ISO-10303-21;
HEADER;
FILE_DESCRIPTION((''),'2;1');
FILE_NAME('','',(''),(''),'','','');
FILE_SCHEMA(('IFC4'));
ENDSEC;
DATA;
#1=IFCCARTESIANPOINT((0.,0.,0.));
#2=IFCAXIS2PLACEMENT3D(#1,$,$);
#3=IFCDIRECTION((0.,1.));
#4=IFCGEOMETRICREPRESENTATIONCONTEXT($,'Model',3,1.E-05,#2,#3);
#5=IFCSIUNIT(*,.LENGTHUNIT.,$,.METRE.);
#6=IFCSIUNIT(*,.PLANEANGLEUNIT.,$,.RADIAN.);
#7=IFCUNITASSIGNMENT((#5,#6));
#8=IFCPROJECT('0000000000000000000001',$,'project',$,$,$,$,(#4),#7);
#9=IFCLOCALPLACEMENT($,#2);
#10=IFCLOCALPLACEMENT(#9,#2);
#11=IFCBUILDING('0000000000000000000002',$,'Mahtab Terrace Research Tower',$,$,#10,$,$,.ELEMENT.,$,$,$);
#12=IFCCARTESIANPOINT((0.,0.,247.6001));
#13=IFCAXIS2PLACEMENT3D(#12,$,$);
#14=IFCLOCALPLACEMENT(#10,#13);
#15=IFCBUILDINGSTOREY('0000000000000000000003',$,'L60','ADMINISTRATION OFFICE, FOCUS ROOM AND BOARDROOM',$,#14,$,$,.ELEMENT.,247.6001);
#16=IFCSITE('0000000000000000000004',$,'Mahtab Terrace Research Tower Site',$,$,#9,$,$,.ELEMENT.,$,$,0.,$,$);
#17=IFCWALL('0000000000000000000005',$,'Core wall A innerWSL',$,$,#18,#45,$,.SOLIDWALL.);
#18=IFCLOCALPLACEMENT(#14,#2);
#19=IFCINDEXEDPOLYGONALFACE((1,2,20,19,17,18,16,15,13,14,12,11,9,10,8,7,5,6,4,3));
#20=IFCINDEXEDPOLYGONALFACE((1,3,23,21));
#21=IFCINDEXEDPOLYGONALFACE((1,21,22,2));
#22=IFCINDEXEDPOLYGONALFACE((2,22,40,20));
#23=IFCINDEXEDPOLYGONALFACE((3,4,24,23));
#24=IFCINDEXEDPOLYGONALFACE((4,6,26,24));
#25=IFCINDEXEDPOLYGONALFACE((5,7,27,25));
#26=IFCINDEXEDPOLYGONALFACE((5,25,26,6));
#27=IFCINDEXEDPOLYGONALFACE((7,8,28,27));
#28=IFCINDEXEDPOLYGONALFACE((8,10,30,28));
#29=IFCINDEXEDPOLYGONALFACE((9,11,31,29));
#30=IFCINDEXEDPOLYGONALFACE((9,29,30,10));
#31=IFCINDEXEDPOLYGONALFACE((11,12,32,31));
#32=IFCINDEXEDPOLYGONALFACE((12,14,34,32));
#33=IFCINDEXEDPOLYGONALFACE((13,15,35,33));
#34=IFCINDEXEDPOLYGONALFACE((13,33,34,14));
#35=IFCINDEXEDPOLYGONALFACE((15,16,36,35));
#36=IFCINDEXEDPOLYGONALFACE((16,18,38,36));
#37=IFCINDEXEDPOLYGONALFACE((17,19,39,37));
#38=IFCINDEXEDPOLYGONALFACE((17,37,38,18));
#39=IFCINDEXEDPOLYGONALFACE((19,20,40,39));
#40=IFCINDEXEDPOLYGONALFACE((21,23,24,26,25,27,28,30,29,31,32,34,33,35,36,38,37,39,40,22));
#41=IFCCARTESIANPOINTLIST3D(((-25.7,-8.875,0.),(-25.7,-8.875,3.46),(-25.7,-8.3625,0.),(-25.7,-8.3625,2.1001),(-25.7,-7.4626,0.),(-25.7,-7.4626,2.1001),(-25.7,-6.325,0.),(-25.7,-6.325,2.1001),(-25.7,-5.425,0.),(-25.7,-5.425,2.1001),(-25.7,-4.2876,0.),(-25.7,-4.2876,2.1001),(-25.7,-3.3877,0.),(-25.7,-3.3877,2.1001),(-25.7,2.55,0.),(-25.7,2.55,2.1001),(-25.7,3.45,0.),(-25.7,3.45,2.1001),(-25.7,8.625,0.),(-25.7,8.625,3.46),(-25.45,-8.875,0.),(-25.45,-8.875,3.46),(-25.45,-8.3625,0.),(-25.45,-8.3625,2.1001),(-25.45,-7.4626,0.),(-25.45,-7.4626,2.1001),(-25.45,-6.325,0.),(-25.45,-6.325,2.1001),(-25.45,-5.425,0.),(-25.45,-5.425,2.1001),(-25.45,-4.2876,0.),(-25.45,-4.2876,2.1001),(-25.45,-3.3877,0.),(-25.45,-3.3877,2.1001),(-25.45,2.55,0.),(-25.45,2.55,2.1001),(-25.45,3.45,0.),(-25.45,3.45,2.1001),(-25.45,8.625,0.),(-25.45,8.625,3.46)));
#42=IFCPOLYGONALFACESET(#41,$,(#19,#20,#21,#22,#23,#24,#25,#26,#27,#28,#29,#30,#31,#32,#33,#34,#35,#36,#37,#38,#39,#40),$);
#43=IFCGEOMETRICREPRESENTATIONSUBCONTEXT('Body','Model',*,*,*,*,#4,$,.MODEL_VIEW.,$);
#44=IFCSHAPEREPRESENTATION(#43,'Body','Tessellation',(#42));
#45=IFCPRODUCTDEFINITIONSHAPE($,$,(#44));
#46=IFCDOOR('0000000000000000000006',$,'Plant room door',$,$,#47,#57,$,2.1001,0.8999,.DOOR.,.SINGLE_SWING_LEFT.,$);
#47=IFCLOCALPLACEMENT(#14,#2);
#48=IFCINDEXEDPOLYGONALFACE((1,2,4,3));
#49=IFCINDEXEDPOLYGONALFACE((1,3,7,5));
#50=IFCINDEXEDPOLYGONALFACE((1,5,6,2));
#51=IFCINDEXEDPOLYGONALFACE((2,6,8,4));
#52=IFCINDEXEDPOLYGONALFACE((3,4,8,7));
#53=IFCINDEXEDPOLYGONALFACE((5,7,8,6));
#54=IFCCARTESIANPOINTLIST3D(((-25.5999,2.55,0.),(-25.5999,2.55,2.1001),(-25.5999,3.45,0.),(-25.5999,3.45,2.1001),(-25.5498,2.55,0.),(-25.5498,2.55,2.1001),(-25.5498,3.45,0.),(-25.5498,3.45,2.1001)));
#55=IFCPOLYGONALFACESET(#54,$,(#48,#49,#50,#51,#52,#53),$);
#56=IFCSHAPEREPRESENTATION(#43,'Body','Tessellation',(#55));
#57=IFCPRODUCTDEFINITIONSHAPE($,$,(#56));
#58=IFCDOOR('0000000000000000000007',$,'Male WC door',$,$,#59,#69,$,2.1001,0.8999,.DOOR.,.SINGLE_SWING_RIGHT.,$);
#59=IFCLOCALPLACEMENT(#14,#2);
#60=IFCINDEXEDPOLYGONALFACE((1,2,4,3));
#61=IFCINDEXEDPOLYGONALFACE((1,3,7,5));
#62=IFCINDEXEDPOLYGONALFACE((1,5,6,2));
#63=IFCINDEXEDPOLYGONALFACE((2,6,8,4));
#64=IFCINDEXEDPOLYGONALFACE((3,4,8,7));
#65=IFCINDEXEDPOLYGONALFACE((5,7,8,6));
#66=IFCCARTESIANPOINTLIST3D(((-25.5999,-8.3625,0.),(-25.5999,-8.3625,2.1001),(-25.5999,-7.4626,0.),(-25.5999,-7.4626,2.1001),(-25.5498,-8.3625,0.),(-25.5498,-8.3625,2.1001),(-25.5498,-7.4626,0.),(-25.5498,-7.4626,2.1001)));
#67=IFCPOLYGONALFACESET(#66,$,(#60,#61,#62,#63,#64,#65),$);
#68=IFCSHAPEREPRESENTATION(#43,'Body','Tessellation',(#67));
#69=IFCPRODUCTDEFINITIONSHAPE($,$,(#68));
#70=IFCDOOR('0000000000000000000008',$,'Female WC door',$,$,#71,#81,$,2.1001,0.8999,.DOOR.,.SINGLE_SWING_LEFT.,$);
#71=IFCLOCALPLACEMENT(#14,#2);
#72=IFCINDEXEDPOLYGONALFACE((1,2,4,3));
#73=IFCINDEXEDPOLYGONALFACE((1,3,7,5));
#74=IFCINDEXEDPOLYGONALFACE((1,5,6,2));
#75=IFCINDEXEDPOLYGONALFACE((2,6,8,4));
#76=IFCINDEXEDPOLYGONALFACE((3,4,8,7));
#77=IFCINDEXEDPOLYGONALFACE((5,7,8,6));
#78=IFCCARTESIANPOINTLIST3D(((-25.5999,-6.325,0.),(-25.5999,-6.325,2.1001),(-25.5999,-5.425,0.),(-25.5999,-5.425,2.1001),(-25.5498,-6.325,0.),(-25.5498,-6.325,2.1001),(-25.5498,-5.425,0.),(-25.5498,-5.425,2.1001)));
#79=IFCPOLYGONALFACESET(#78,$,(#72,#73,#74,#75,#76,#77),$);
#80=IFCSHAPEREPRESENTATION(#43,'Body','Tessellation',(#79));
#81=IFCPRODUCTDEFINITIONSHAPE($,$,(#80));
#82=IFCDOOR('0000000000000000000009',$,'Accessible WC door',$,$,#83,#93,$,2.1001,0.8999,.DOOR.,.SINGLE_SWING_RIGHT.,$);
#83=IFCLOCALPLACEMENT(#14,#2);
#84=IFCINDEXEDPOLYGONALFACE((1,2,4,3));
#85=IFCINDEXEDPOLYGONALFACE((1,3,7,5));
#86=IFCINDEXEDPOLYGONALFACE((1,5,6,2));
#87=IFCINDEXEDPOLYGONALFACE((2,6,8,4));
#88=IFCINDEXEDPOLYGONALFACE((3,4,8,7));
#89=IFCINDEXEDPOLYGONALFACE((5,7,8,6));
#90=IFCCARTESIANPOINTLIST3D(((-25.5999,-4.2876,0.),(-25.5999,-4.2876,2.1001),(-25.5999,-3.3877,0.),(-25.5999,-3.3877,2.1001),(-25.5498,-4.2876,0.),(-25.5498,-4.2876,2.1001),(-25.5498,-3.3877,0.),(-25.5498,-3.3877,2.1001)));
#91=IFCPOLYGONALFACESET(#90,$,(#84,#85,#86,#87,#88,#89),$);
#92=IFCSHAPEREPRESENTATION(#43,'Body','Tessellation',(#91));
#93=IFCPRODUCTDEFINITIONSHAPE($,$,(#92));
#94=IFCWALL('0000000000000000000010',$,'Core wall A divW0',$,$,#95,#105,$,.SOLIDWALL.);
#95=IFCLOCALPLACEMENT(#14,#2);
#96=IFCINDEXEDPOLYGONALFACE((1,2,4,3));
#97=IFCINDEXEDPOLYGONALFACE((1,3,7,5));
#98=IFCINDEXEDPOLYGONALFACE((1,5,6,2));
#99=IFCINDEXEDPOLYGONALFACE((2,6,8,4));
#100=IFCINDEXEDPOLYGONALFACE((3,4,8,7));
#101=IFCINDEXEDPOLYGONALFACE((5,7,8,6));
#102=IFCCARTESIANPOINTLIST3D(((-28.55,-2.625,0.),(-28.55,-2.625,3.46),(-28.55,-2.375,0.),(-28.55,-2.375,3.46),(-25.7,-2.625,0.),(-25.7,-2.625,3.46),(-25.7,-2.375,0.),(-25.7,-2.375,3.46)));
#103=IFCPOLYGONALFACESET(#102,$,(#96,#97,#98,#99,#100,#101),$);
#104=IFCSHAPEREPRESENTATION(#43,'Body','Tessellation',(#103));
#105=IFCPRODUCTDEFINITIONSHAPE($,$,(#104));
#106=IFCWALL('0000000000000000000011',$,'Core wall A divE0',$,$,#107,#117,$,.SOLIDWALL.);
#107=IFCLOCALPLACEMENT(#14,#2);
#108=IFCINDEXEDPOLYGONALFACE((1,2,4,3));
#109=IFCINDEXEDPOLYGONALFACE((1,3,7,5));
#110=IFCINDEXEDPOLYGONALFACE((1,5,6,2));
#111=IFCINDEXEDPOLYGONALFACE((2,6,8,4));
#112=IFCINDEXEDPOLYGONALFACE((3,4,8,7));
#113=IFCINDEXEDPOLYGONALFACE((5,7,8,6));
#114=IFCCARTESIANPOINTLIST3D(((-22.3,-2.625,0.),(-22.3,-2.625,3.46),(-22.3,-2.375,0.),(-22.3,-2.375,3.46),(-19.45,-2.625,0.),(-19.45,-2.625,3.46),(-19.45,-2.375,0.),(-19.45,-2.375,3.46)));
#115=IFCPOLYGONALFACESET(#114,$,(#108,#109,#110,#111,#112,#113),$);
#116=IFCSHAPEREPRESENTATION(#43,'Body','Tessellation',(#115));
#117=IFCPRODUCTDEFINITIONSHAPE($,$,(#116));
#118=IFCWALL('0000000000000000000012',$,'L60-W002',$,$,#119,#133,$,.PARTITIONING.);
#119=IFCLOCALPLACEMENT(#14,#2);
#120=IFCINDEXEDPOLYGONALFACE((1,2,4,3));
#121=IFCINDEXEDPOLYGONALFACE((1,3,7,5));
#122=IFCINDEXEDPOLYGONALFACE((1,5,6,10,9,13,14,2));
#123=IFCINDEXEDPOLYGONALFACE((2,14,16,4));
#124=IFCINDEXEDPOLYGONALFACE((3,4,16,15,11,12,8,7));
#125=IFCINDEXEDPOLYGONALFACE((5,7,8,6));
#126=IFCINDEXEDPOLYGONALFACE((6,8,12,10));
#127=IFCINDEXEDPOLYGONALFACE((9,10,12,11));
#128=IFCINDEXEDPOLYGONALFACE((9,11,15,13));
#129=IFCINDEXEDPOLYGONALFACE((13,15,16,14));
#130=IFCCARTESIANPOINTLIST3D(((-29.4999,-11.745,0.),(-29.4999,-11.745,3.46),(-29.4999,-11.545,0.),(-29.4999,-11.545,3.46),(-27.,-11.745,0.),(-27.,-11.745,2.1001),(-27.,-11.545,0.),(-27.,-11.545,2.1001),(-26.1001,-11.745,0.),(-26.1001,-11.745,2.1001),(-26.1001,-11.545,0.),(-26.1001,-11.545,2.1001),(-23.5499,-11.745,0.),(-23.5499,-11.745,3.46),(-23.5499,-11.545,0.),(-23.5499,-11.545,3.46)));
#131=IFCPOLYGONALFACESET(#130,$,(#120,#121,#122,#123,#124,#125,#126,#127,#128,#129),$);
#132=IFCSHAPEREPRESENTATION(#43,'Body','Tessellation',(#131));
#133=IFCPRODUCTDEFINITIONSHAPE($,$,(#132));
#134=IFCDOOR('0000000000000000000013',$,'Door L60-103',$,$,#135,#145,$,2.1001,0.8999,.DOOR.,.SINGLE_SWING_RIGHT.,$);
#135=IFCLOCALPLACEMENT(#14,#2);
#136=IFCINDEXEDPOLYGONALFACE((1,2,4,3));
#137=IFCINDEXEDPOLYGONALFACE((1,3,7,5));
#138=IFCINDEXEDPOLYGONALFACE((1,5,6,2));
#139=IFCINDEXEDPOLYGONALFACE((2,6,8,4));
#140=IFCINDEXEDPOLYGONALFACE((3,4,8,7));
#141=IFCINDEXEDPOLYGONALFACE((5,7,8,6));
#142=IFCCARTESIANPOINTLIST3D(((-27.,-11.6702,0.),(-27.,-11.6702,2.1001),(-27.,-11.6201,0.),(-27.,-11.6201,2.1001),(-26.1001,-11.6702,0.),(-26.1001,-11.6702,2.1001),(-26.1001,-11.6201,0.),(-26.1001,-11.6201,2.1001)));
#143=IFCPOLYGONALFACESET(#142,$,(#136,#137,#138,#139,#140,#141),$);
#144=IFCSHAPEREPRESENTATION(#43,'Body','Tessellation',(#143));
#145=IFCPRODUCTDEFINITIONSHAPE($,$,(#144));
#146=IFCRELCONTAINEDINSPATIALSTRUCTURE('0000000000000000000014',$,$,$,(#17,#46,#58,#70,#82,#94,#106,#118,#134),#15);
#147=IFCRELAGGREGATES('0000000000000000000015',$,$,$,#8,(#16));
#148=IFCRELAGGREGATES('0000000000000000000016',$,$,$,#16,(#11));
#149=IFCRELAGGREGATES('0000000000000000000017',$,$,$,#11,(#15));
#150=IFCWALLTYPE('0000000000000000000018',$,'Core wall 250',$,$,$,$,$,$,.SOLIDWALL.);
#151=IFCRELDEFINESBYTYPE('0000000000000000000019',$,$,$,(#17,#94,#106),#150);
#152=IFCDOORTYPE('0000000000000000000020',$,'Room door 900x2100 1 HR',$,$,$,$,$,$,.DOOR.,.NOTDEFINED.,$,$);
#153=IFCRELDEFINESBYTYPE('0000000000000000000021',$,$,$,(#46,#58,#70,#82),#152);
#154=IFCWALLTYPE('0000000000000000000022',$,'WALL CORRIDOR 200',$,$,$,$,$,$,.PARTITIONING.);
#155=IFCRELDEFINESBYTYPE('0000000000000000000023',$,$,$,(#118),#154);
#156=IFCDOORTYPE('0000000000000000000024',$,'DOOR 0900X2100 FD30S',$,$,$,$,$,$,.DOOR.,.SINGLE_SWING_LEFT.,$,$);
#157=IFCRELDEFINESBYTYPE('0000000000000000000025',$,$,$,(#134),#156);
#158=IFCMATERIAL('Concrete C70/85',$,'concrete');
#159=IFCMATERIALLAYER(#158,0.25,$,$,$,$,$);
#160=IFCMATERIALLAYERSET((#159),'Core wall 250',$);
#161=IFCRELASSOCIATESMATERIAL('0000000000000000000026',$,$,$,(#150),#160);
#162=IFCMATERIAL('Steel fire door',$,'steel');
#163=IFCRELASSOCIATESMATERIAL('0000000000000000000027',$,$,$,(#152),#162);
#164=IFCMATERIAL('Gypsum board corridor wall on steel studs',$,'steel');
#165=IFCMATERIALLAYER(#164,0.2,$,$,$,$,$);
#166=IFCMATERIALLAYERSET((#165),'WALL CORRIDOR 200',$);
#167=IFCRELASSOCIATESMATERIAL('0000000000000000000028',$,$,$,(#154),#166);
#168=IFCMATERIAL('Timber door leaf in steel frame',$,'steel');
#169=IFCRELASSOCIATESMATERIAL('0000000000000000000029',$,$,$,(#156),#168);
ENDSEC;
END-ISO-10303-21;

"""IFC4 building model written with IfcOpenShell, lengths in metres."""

from ifc_helpers import new_model, si_unit, direction, frame, frame_2d, origin, place, context, subcontext, project, spatial, rectangle, extrude, material, layer, layer_set, type_object, element, fill, save


model = new_model("IFC4")

# Units and contexts
model_context = context("Model", 3, precision=1e-05, world=origin(), true_north=direction((0.0, 1.0)))
body_context = subcontext(model_context, "Body", "Model", "MODEL_VIEW")
ifc_project = project(units=[si_unit("LENGTHUNIT", "METRE"), si_unit("PLANEANGLEUNIT", "RADIAN")], contexts=[model_context])

# Site, building, storey
site_placement = place(None, origin())
site = spatial("IfcSite", under=ifc_project, at=site_placement, Name="Mahtab Terrace Research Tower Site", CompositionType="ELEMENT", RefElevation=0.0)
building_placement = place(site_placement, origin())
building = spatial("IfcBuilding", under=site, at=building_placement, Name="Mahtab Terrace Research Tower", CompositionType="ELEMENT")
storey_placement = place(building_placement, frame((0.0, 0.0, 247.6001)))
storey = spatial("IfcBuildingStorey", under=building, at=storey_placement, Name="L60", Description="ADMINISTRATION OFFICE, FOCUS ROOM AND BOARDROOM", CompositionType="ELEMENT", Elevation=247.6001)

# Shared definitions
ifc_material_1 = material(Name="Concrete C70/85", Category="concrete")
ifc_layer_1 = layer(ifc_material_1, 0.25)
ifc_layer_set_1 = layer_set([ifc_layer_1], Name="Core wall 250")
wall_type_1 = type_object("IfcWallType", Name="Core wall 250", PredefinedType="SOLIDWALL", material=ifc_layer_set_1)

# Shared definitions
ifc_material_2 = material(Name="Steel fire door", Category="steel")

# Wall, openings, doors
wall_1_placement = place(storey_placement, frame((-25.575, -8.875, 0.0), z_axis=(0.0, 0.0, 1.0), x_axis=(0.0, 1.0, 0.0)))
wall_1 = element("IfcWall", 1, at=wall_1_placement, inside=storey, type_object=wall_type_1, Name="Core wall A innerWSL", PredefinedType="SOLIDWALL", context=body_context, shape_type="SweptSolid", body=[
    extrude(rectangle(XDim=17.5, YDim=0.25, at=frame_2d((8.75, 0.0))), origin(), (0.0, 0.0, 1.0), 3.46),
])
opening_1_placement = place(wall_1_placement, frame((11.425, 0.0, 0.0)))
opening_1 = element("IfcOpeningElement", 2, at=opening_1_placement, cuts=wall_1, PredefinedType="OPENING", context=body_context, shape_type="SweptSolid", body=[
    extrude(rectangle(XDim=0.8999, YDim=2.1001, at=frame_2d((0.45, 1.05))), frame((0.0, 0.135, 0.0), z_axis=(0.0, -1.0, 0.0), x_axis=(1.0, 0.0, 0.0)), (0.0, 0.0, 1.0), 0.27),
])
opening_2_placement = place(wall_1_placement, frame((0.5125, 0.0, 0.0)))
opening_2 = element("IfcOpeningElement", 3, at=opening_2_placement, cuts=wall_1, PredefinedType="OPENING", context=body_context, shape_type="SweptSolid", body=[
    extrude(rectangle(XDim=0.8999, YDim=2.1001, at=frame_2d((0.45, 1.05))), frame((0.0, 0.135, 0.0), z_axis=(0.0, -1.0, 0.0), x_axis=(1.0, 0.0, 0.0)), (0.0, 0.0, 1.0), 0.27),
])
opening_3_placement = place(wall_1_placement, frame((2.55, 0.0, 0.0)))
opening_3 = element("IfcOpeningElement", 4, at=opening_3_placement, cuts=wall_1, PredefinedType="OPENING", context=body_context, shape_type="SweptSolid", body=[
    extrude(rectangle(XDim=0.8999, YDim=2.1001, at=frame_2d((0.45, 1.05))), frame((0.0, 0.135, 0.0), z_axis=(0.0, -1.0, 0.0), x_axis=(1.0, 0.0, 0.0)), (0.0, 0.0, 1.0), 0.27),
])
opening_4_placement = place(wall_1_placement, frame((4.5874, 0.0, 0.0)))
opening_4 = element("IfcOpeningElement", 5, at=opening_4_placement, cuts=wall_1, PredefinedType="OPENING", context=body_context, shape_type="SweptSolid", body=[
    extrude(rectangle(XDim=0.8999, YDim=2.1001, at=frame_2d((0.45, 1.05))), frame((0.0, 0.135, 0.0), z_axis=(0.0, -1.0, 0.0), x_axis=(1.0, 0.0, 0.0)), (0.0, 0.0, 1.0), 0.27),
])
door_type_1 = type_object("IfcDoorType", Name="Room door 900x2100 1 HR", OperationType="NOTDEFINED", PredefinedType="DOOR", material=ifc_material_2)
door_1_placement = place(opening_1_placement, origin())
door_1 = element("IfcDoor", 6, at=door_1_placement, inside=storey, type_object=door_type_1, Name="Plant room door", OperationType="SINGLE_SWING_LEFT", OverallHeight=2.1001, OverallWidth=0.8999, PredefinedType="DOOR", context=body_context, shape_type="SweptSolid", body=[
    extrude(rectangle(XDim=0.8999, YDim=2.1001, at=frame_2d((0.45, 1.05))), frame((0.0, 0.0249, 0.0), z_axis=(0.0, -1.0, 0.0), x_axis=(1.0, 0.0, 0.0)), (0.0, 0.0, 1.0), 0.05),
])
fill(opening_1, door_1)
door_2_placement = place(opening_2_placement, origin())
door_2 = element("IfcDoor", 7, at=door_2_placement, inside=storey, type_object=door_type_1, Name="Male WC door", OperationType="SINGLE_SWING_RIGHT", OverallHeight=2.1001, OverallWidth=0.8999, PredefinedType="DOOR", context=body_context, shape_type="SweptSolid", body=[
    extrude(rectangle(XDim=0.8999, YDim=2.1001, at=frame_2d((0.45, 1.05))), frame((0.0, 0.0249, 0.0), z_axis=(0.0, -1.0, 0.0), x_axis=(1.0, 0.0, 0.0)), (0.0, 0.0, 1.0), 0.05),
])
fill(opening_2, door_2)
door_3_placement = place(opening_3_placement, origin())
door_3 = element("IfcDoor", 8, at=door_3_placement, inside=storey, type_object=door_type_1, Name="Female WC door", OperationType="SINGLE_SWING_LEFT", OverallHeight=2.1001, OverallWidth=0.8999, PredefinedType="DOOR", context=body_context, shape_type="SweptSolid", body=[
    extrude(rectangle(XDim=0.8999, YDim=2.1001, at=frame_2d((0.45, 1.05))), frame((0.0, 0.0249, 0.0), z_axis=(0.0, -1.0, 0.0), x_axis=(1.0, 0.0, 0.0)), (0.0, 0.0, 1.0), 0.05),
])
fill(opening_3, door_3)
door_4_placement = place(opening_4_placement, origin())
door_4 = element("IfcDoor", 9, at=door_4_placement, inside=storey, type_object=door_type_1, Name="Accessible WC door", OperationType="SINGLE_SWING_RIGHT", OverallHeight=2.1001, OverallWidth=0.8999, PredefinedType="DOOR", context=body_context, shape_type="SweptSolid", body=[
    extrude(rectangle(XDim=0.8999, YDim=2.1001, at=frame_2d((0.45, 1.05))), frame((0.0, 0.0249, 0.0), z_axis=(0.0, -1.0, 0.0), x_axis=(1.0, 0.0, 0.0)), (0.0, 0.0, 1.0), 0.05),
])
fill(opening_4, door_4)

# Walls
for number, where, z_axis, x_axis, name in (
    (10, (-28.55, -2.5, 0.0), (0.0, 0.0, 1.0), (1.0, 0.0, 0.0), "Core wall A divW0"),
    (11, (-22.3, -2.5, 0.0), (0.0, 0.0, 1.0), (1.0, 0.0, 0.0), "Core wall A divE0"),
):
    element("IfcWall", number, at=place(storey_placement, frame(where, z_axis=z_axis, x_axis=x_axis)), inside=storey, type_object=wall_type_1, Name=name, PredefinedType="SOLIDWALL", context=body_context, shape_type="SweptSolid", body=[
        extrude(rectangle(XDim=2.8501, YDim=0.25, at=frame_2d((1.425, 0.0))), origin(), (0.0, 0.0, 1.0), 3.46),
    ])

# Wall, opening, door
ifc_material_3 = material(Name="Gypsum board corridor wall on steel studs", Category="steel")
ifc_layer_2 = layer(ifc_material_3, 0.2)
ifc_layer_set_2 = layer_set([ifc_layer_2], Name="WALL CORRIDOR 200")
wall_type_2 = type_object("IfcWallType", Name="WALL CORRIDOR 200", PredefinedType="PARTITIONING", material=ifc_layer_set_2)
wall_2_placement = place(storey_placement, frame((-29.5, -11.645, 0.0), z_axis=(0.0, 0.0, 1.0), x_axis=(1.0, 0.0, 0.0)))
wall_2 = element("IfcWall", 12, at=wall_2_placement, inside=storey, type_object=wall_type_2, Name="L60-W002", PredefinedType="PARTITIONING", context=body_context, shape_type="SweptSolid", body=[
    extrude(rectangle(XDim=5.95, YDim=0.2, at=frame_2d((2.9751, 0.0))), origin(), (0.0, 0.0, 1.0), 3.46),
])
opening_5_placement = place(wall_2_placement, frame((2.5, 0.0, 0.0)))
opening_5 = element("IfcOpeningElement", 13, at=opening_5_placement, cuts=wall_2, PredefinedType="OPENING", context=body_context, shape_type="SweptSolid", body=[
    extrude(rectangle(XDim=0.8999, YDim=2.1001, at=frame_2d((0.45, 1.05))), frame((0.0, 0.1099, 0.0), z_axis=(0.0, -1.0, 0.0), x_axis=(1.0, 0.0, 0.0)), (0.0, 0.0, 1.0), 0.22),
])
ifc_material_4 = material(Name="Timber door leaf in steel frame", Category="steel")
door_type_2 = type_object("IfcDoorType", Name="DOOR 0900X2100 FD30S", OperationType="SINGLE_SWING_LEFT", PredefinedType="DOOR", material=ifc_material_4)
door_5_placement = place(opening_5_placement, origin())
door_5 = element("IfcDoor", 14, at=door_5_placement, inside=storey, type_object=door_type_2, Name="Door L60-103", OperationType="SINGLE_SWING_RIGHT", OverallHeight=2.1001, OverallWidth=0.8999, PredefinedType="DOOR", context=body_context, shape_type="SweptSolid", body=[
    extrude(rectangle(XDim=0.8999, YDim=2.1001, at=frame_2d((0.45, 1.05))), frame((0.0, 0.0249, 0.0), z_axis=(0.0, -1.0, 0.0), x_axis=(1.0, 0.0, 0.0)), (0.0, 0.0, 1.0), 0.05),
])
fill(opening_5, door_5)

save(model, "model.ifc")
